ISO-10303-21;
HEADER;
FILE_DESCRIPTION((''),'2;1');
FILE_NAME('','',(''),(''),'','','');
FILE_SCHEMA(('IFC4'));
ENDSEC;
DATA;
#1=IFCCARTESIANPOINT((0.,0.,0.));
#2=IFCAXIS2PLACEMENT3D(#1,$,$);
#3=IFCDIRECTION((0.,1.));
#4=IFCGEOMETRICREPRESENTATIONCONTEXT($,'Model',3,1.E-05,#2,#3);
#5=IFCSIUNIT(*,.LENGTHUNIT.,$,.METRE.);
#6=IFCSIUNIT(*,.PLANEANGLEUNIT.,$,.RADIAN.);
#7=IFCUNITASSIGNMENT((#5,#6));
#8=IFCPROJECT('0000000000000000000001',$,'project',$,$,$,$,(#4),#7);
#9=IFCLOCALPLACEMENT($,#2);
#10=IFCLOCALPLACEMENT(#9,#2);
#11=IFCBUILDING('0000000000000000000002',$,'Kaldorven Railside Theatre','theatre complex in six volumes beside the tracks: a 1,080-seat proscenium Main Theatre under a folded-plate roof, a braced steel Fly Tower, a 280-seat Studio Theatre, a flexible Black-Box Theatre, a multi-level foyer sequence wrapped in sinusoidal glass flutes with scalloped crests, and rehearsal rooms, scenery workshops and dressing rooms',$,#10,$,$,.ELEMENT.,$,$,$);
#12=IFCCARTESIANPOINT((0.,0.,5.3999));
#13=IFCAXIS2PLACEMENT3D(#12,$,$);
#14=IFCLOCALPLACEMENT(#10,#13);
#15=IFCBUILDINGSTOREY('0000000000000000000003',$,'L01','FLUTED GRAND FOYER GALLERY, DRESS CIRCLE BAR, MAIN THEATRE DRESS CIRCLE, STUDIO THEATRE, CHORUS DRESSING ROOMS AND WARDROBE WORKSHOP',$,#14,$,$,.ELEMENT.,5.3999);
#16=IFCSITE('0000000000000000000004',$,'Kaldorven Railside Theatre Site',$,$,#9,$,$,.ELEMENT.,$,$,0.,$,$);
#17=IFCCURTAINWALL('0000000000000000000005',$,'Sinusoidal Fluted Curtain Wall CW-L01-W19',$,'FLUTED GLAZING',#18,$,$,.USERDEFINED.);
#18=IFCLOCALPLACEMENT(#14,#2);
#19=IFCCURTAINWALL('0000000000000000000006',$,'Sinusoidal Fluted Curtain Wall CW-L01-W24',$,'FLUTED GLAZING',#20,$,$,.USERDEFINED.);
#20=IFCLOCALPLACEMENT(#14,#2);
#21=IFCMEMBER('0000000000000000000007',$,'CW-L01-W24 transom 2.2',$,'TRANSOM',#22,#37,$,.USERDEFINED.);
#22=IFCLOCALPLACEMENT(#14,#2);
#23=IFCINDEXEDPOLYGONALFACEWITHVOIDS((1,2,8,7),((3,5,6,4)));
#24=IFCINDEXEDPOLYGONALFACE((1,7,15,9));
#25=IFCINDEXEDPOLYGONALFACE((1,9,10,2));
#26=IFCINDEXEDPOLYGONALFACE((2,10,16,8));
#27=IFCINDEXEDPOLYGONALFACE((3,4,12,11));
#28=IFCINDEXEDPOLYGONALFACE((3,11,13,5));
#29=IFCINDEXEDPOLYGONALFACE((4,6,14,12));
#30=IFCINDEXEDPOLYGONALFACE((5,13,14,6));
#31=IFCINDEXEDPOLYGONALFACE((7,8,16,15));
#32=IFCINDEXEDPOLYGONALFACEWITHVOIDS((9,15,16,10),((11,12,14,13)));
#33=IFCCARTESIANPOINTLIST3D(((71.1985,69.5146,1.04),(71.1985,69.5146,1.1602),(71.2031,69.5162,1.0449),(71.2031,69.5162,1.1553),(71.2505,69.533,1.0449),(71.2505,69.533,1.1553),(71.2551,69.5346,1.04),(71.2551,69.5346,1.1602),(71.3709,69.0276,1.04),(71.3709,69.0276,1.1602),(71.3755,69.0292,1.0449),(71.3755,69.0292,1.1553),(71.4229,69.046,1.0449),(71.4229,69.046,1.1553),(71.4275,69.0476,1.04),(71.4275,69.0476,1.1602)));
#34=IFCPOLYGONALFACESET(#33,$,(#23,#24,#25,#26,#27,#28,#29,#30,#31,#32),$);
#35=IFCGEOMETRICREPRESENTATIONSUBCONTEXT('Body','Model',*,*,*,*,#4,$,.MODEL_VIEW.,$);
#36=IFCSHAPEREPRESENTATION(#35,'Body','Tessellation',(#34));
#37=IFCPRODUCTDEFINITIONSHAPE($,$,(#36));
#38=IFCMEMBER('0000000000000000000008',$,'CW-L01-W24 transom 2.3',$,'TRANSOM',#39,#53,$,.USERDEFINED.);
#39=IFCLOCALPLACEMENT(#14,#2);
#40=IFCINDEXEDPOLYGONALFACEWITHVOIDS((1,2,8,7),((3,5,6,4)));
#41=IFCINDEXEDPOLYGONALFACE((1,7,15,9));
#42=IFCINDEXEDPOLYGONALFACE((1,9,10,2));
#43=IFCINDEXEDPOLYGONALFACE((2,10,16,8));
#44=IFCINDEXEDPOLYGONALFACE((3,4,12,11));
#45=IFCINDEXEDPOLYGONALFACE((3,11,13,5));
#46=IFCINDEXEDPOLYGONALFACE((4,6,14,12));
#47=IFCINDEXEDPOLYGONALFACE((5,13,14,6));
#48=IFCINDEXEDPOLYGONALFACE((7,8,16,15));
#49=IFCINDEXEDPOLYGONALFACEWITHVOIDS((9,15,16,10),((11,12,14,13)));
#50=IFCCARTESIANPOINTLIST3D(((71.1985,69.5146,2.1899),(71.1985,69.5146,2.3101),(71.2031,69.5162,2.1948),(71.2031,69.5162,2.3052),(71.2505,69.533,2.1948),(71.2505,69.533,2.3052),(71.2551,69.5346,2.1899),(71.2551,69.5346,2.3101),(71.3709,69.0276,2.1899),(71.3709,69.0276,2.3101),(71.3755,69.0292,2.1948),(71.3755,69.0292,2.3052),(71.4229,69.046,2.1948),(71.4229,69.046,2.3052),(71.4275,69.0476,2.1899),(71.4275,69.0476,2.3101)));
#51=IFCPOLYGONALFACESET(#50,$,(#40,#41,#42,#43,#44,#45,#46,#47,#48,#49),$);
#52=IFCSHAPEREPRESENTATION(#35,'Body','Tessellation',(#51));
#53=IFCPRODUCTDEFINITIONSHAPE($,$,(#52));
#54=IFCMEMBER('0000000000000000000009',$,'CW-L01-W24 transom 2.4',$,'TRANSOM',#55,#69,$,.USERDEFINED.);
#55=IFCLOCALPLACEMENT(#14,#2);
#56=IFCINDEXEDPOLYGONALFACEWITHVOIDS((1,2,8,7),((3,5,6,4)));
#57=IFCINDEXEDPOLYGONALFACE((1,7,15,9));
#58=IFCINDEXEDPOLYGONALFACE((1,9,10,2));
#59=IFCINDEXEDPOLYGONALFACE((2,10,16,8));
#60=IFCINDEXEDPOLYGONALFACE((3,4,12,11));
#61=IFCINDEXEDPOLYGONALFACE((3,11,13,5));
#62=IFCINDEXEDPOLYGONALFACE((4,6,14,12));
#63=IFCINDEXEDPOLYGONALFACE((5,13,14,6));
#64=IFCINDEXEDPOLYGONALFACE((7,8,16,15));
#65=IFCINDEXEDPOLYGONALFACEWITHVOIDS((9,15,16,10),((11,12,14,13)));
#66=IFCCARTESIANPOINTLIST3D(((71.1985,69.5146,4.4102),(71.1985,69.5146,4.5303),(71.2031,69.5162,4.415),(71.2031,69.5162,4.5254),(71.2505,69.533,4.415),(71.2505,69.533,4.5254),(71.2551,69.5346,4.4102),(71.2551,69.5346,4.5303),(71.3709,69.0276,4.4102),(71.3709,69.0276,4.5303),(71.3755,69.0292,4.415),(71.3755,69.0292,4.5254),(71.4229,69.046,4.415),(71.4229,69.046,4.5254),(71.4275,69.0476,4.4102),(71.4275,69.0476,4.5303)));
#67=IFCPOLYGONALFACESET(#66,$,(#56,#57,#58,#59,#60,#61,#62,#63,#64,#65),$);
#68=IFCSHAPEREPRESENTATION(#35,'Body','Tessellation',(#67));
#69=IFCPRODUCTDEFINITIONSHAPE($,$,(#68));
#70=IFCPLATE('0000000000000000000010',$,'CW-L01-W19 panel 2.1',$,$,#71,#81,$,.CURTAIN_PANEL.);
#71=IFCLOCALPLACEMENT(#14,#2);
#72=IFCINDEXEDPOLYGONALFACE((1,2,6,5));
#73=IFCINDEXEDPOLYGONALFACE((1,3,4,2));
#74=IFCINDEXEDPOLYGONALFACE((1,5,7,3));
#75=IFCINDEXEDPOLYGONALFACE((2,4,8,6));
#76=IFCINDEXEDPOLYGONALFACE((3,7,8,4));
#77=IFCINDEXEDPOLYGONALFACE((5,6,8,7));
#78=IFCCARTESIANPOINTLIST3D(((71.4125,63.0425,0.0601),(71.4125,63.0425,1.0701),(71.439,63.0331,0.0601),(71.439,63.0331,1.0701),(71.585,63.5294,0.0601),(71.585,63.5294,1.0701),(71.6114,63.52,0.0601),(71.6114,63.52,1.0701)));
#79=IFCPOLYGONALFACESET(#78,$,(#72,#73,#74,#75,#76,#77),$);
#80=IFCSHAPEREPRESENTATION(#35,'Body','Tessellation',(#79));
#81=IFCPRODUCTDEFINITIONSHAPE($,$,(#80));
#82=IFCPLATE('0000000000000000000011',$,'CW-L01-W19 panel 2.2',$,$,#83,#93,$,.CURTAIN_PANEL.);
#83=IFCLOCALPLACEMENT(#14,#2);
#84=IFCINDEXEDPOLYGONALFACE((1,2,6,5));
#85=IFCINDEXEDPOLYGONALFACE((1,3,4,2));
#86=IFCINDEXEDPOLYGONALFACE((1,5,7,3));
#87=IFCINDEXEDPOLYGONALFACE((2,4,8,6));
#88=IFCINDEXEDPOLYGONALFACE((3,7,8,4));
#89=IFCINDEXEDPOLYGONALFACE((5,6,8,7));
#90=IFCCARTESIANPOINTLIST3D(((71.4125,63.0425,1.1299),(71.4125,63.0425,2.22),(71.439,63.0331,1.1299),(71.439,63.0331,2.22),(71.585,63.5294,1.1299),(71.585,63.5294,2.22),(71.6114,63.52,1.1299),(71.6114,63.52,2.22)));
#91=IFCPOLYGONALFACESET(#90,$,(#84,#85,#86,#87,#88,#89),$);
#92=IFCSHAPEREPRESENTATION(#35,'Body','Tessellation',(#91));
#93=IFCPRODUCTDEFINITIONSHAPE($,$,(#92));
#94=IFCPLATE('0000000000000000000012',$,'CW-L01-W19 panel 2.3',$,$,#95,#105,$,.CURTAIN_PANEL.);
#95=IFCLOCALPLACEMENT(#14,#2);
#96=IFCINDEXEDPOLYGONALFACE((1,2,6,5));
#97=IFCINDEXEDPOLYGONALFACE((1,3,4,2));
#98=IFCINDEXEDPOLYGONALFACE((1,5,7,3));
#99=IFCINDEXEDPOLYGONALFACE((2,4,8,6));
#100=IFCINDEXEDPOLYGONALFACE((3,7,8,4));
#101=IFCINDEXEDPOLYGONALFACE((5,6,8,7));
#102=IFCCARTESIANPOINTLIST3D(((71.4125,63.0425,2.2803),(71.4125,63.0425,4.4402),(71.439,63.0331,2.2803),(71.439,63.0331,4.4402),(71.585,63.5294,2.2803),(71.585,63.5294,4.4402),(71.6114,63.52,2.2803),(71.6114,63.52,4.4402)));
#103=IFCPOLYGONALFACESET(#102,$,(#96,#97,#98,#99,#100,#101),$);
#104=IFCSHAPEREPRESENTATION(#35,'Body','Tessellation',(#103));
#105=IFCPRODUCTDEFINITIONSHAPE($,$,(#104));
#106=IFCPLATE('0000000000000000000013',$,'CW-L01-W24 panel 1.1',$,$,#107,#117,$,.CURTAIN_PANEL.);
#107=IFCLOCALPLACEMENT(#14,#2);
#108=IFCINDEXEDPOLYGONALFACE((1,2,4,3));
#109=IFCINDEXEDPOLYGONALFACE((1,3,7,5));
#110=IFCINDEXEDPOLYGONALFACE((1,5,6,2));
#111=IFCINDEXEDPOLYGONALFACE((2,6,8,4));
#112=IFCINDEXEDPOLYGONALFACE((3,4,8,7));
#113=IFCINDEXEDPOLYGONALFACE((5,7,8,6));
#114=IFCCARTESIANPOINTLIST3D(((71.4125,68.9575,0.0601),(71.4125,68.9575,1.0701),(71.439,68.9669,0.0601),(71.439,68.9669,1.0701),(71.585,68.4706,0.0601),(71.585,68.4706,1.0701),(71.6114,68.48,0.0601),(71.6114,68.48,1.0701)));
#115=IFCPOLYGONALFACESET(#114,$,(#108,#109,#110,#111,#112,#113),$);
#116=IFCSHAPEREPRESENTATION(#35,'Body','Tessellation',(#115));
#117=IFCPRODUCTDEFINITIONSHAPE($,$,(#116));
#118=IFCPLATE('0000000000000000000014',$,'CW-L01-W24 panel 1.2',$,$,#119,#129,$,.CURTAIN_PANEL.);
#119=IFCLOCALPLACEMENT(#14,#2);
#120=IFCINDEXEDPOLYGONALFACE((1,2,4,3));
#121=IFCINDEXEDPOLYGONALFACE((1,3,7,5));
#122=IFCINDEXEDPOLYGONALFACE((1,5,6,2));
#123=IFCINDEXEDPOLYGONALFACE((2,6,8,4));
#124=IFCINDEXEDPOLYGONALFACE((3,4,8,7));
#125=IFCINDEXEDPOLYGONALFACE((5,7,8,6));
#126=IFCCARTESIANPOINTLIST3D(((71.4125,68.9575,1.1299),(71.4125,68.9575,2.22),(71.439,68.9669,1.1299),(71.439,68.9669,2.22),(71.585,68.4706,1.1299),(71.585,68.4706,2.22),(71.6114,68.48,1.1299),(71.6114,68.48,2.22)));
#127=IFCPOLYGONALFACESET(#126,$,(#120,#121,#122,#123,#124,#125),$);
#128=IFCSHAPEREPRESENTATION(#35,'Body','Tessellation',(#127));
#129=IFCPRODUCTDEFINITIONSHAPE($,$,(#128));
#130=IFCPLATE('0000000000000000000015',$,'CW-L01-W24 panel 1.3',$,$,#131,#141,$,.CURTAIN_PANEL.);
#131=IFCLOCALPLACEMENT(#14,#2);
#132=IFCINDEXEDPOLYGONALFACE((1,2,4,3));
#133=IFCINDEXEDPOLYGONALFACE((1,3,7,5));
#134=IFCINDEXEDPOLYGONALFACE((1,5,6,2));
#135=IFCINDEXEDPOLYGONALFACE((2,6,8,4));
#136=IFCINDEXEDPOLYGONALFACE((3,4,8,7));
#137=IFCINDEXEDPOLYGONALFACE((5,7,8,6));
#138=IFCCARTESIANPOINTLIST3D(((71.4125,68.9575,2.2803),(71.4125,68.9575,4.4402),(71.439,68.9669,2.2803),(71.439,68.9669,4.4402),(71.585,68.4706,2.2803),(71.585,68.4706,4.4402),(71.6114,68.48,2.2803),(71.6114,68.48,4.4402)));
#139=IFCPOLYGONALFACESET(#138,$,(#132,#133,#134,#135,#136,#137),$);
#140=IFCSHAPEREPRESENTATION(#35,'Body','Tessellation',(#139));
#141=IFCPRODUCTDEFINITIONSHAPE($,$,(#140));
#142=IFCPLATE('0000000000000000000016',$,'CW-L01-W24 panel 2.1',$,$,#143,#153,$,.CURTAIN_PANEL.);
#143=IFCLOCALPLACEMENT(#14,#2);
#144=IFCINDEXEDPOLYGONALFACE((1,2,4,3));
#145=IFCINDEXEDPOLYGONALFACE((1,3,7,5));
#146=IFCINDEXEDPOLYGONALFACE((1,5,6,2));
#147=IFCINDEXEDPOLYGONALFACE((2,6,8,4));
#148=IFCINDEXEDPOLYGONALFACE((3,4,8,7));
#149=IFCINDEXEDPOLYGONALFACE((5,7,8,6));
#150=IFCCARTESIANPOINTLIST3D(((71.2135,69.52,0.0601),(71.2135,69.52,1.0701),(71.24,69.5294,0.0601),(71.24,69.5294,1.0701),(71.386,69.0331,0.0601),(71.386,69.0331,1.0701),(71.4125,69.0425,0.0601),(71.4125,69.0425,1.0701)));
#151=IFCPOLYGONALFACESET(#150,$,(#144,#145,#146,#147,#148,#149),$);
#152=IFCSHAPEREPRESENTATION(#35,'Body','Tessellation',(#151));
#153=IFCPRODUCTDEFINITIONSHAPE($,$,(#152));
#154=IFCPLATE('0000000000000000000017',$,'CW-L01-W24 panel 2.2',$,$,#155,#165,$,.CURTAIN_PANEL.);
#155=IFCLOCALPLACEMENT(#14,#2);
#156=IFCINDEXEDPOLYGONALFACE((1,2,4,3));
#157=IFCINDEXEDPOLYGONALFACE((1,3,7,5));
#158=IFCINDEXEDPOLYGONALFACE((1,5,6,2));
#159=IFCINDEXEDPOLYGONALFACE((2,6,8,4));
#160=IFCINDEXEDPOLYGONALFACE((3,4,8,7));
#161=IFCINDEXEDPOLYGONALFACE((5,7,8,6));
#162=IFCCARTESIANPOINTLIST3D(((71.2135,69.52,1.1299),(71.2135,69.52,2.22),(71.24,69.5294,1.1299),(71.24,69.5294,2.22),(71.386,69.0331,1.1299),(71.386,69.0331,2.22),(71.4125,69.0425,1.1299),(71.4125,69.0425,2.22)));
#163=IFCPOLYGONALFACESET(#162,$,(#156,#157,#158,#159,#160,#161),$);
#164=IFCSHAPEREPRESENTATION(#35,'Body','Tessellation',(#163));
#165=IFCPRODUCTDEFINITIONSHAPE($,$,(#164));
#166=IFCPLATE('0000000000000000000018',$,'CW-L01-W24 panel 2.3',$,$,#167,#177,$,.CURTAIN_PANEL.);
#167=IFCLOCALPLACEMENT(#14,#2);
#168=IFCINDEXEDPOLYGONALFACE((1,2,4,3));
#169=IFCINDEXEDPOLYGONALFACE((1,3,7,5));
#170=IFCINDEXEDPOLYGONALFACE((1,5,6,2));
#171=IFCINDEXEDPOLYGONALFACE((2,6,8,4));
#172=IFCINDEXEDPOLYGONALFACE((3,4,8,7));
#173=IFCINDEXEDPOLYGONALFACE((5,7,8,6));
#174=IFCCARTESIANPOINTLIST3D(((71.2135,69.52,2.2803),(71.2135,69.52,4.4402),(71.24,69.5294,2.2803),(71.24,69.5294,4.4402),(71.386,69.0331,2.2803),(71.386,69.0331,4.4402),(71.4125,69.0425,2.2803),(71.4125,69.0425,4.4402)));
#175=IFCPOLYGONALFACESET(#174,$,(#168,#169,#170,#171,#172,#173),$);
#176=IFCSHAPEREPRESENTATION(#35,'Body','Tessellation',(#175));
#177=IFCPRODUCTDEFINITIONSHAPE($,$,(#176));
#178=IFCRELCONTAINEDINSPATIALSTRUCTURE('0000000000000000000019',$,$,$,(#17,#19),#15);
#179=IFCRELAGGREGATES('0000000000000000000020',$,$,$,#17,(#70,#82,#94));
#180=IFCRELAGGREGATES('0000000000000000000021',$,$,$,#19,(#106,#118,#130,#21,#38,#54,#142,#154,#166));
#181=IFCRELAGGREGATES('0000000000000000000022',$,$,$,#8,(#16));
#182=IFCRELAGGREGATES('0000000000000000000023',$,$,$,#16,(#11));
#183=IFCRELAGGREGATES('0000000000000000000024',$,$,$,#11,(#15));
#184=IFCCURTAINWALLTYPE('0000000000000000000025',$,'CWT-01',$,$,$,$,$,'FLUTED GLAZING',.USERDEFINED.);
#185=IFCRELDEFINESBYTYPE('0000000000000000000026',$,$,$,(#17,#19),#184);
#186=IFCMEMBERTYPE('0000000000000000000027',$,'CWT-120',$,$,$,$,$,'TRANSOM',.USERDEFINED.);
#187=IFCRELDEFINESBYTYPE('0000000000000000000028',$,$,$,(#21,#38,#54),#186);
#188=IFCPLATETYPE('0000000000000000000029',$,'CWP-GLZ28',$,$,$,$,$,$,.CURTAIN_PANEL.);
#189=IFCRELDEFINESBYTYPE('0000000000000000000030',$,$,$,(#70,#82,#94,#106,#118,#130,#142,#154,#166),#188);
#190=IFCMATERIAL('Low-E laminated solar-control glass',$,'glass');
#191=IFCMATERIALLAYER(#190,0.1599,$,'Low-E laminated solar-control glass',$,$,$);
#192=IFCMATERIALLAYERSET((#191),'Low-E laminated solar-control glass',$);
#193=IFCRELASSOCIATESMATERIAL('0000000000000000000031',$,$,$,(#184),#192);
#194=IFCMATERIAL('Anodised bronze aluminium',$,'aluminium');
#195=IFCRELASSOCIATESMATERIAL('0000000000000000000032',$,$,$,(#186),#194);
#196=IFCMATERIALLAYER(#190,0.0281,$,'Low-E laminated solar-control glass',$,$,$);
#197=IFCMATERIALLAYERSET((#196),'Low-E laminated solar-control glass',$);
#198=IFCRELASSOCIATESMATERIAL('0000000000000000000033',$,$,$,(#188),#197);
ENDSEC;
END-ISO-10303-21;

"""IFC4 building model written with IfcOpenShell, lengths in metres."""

from ifc_helpers import new_model, si_unit, direction, frame, origin, origin_2d, place, context, subcontext, project, spatial, rectangle, hollow_rectangle, extrude, material, layer, layer_set, material_profile, profile_set, type_object, element, aggregate, save


model = new_model("IFC4")

# Units and contexts
model_context = context("Model", 3, precision=1e-05, world=origin(), true_north=direction((0.0, 1.0)))
body_context = subcontext(model_context, "Body", "Model", "MODEL_VIEW")
ifc_project = project(units=[si_unit("LENGTHUNIT", "METRE"), si_unit("PLANEANGLEUNIT", "RADIAN")], contexts=[model_context])

# Site, building, storey
site_placement = place(None, origin())
site = spatial("IfcSite", under=ifc_project, at=site_placement, Name="Kaldorven Railside Theatre Site", CompositionType="ELEMENT", RefElevation=0.0)
building_placement = place(site_placement, origin())
building = spatial("IfcBuilding", under=site, at=building_placement, Name="Kaldorven Railside Theatre", Description="theatre complex in six volumes beside the tracks: a 1,080-seat proscenium Main Theatre under a folded-plate roof, a braced steel Fly Tower, a 280-seat Studio Theatre, a flexible Black-Box Theatre, a multi-level foyer sequence wrapped in sinusoidal glass flutes with scalloped crests, and rehearsal rooms, scenery workshops and dressing rooms", CompositionType="ELEMENT")
storey_placement = place(building_placement, frame((0.0, 0.0, 5.3999)))
storey = spatial("IfcBuildingStorey", under=building, at=storey_placement, Name="L01", Description="FLUTED GRAND FOYER GALLERY, DRESS CIRCLE BAR, MAIN THEATRE DRESS CIRCLE, STUDIO THEATRE, CHORUS DRESSING ROOMS AND WARDROBE WORKSHOP", CompositionType="ELEMENT", Elevation=5.3999)

# Curtain wall
ifc_material_1 = material(Name="Low-E laminated solar-control glass", Category="glass")
ifc_layer_1 = layer(ifc_material_1, 0.1599, Name="Low-E laminated solar-control glass")
ifc_layer_set_1 = layer_set([ifc_layer_1], Name="Low-E laminated solar-control glass")
curtain_wall_type_1 = type_object("IfcCurtainWallType", Name="CWT-01", ElementType="FLUTED GLAZING", PredefinedType="USERDEFINED", material=ifc_layer_set_1)
curtain_wall_1_placement = place(storey_placement, origin())
curtain_wall_1 = element("IfcCurtainWall", 1, at=curtain_wall_1_placement, inside=storey, type_object=curtain_wall_type_1, Name="Sinusoidal Fluted Curtain Wall CW-L01-W19", ObjectType="FLUTED GLAZING", PredefinedType="USERDEFINED")
ifc_material_2 = material(Name="Anodised bronze aluminium", Category="aluminium")

# Curtain wall
curtain_wall_2_placement = place(storey_placement, origin())
curtain_wall_2 = element("IfcCurtainWall", 2, at=curtain_wall_2_placement, inside=storey, type_object=curtain_wall_type_1, Name="Sinusoidal Fluted Curtain Wall CW-L01-W24", ObjectType="FLUTED GLAZING", PredefinedType="USERDEFINED")

# Members
ifc_material_profile_1 = material_profile(ifc_material_2, hollow_rectangle(XDim=0.0601, YDim=0.1201, WallThickness=0.0049, at=origin_2d()), Name="RHS 120x60x5")
ifc_profile_set_1 = profile_set([ifc_material_profile_1], Name="Anodised bronze aluminium")
member_type_1 = type_object("IfcMemberType", Name="CWT-120", ElementType="TRANSOM", PredefinedType="USERDEFINED", material=ifc_profile_set_1)
member_1_placement = place(storey_placement, frame((71.3992, 69.0376, 1.1001), z_axis=(-0.333611, 0.942711, 0.0), x_axis=(-0.942711, -0.333611, 0.0)))
member_1 = element("IfcMember", 3, at=member_1_placement, type_object=member_type_1, Name="CW-L01-W24 transom 2.2", ObjectType="TRANSOM", PredefinedType="USERDEFINED", context=body_context, shape_type="SweptSolid", body=[
    extrude(hollow_rectangle(XDim=0.0601, YDim=0.1201, WallThickness=0.0049, at=origin_2d()), origin(), (0.0, 0.0, 1.0), 0.5166),
])
member_2_placement = place(storey_placement, frame((71.3992, 69.0376, 2.25), z_axis=(-0.333611, 0.942711, 0.0), x_axis=(-0.942711, -0.333611, 0.0)))
member_2 = element("IfcMember", 4, at=member_2_placement, type_object=member_type_1, Name="CW-L01-W24 transom 2.3", ObjectType="TRANSOM", PredefinedType="USERDEFINED", context=body_context, shape_type="SweptSolid", body=[
    extrude(hollow_rectangle(XDim=0.0601, YDim=0.1201, WallThickness=0.0049, at=origin_2d()), origin(), (0.0, 0.0, 1.0), 0.5166),
])
member_3_placement = place(storey_placement, frame((71.3992, 69.0376, 4.4702), z_axis=(-0.333611, 0.942711, 0.0), x_axis=(-0.942711, -0.333611, 0.0)))
member_3 = element("IfcMember", 5, at=member_3_placement, type_object=member_type_1, Name="CW-L01-W24 transom 2.4", ObjectType="TRANSOM", PredefinedType="USERDEFINED", context=body_context, shape_type="SweptSolid", body=[
    extrude(hollow_rectangle(XDim=0.0601, YDim=0.1201, WallThickness=0.0049, at=origin_2d()), origin(), (0.0, 0.0, 1.0), 0.5166),
])

# Plates
ifc_layer_2 = layer(ifc_material_1, 0.0281, Name="Low-E laminated solar-control glass")
ifc_layer_set_2 = layer_set([ifc_layer_2], Name="Low-E laminated solar-control glass")
plate_type = type_object("IfcPlateType", Name="CWP-GLZ28", PredefinedType="CURTAIN_PANEL", material=ifc_layer_set_2)
plate_1_placement = place(storey_placement, frame((71.512, 63.2812, 0.0601), z_axis=(0.0, 0.0, 1.0), x_axis=(0.333847, 0.942627, 0.0)))
plate_1 = element("IfcPlate", 6, at=plate_1_placement, type_object=plate_type, Name="CW-L01-W19 panel 2.1", PredefinedType="CURTAIN_PANEL", context=body_context, shape_type="SweptSolid", body=[
    extrude(rectangle(XDim=0.5166, YDim=0.0281, at=origin_2d()), origin(), (0.0, 0.0, 1.0), 1.01),
])
plate_2_placement = place(storey_placement, frame((71.512, 63.2812, 1.1299), z_axis=(0.0, 0.0, 1.0), x_axis=(0.333847, 0.942627, 0.0)))
plate_2 = element("IfcPlate", 7, at=plate_2_placement, type_object=plate_type, Name="CW-L01-W19 panel 2.2", PredefinedType="CURTAIN_PANEL", context=body_context, shape_type="SweptSolid", body=[
    extrude(rectangle(XDim=0.5166, YDim=0.0281, at=origin_2d()), origin(), (0.0, 0.0, 1.0), 1.0901),
])
plate_3_placement = place(storey_placement, frame((71.512, 63.2812, 2.2803), z_axis=(0.0, 0.0, 1.0), x_axis=(0.333847, 0.942627, 0.0)))
plate_3 = element("IfcPlate", 8, at=plate_3_placement, type_object=plate_type, Name="CW-L01-W19 panel 2.3", PredefinedType="CURTAIN_PANEL", context=body_context, shape_type="SweptSolid", body=[
    extrude(rectangle(XDim=0.5166, YDim=0.0281, at=origin_2d()), origin(), (0.0, 0.0, 1.0), 2.1599),
])
aggregate(curtain_wall_1, [plate_1, plate_2, plate_3])
plate_4_placement = place(storey_placement, frame((71.512, 68.7188, 0.0601), z_axis=(0.0, 0.0, 1.0), x_axis=(-0.333847, 0.942627, 0.0)))
plate_4 = element("IfcPlate", 9, at=plate_4_placement, type_object=plate_type, Name="CW-L01-W24 panel 1.1", PredefinedType="CURTAIN_PANEL", context=body_context, shape_type="SweptSolid", body=[
    extrude(rectangle(XDim=0.5166, YDim=0.0281, at=origin_2d()), origin(), (0.0, 0.0, 1.0), 1.01),
])
plate_5_placement = place(storey_placement, frame((71.512, 68.7188, 1.1299), z_axis=(0.0, 0.0, 1.0), x_axis=(-0.333847, 0.942627, 0.0)))
plate_5 = element("IfcPlate", 10, at=plate_5_placement, type_object=plate_type, Name="CW-L01-W24 panel 1.2", PredefinedType="CURTAIN_PANEL", context=body_context, shape_type="SweptSolid", body=[
    extrude(rectangle(XDim=0.5166, YDim=0.0281, at=origin_2d()), origin(), (0.0, 0.0, 1.0), 1.0901),
])
plate_6_placement = place(storey_placement, frame((71.512, 68.7188, 2.2803), z_axis=(0.0, 0.0, 1.0), x_axis=(-0.333847, 0.942627, 0.0)))
plate_6 = element("IfcPlate", 11, at=plate_6_placement, type_object=plate_type, Name="CW-L01-W24 panel 1.3", PredefinedType="CURTAIN_PANEL", context=body_context, shape_type="SweptSolid", body=[
    extrude(rectangle(XDim=0.5166, YDim=0.0281, at=origin_2d()), origin(), (0.0, 0.0, 1.0), 2.1599),
])
plate_7_placement = place(storey_placement, frame((71.313, 69.2812, 0.0601), z_axis=(0.0, 0.0, 1.0), x_axis=(-0.333847, 0.942627, 0.0)))
plate_7 = element("IfcPlate", 12, at=plate_7_placement, type_object=plate_type, Name="CW-L01-W24 panel 2.1", PredefinedType="CURTAIN_PANEL", context=body_context, shape_type="SweptSolid", body=[
    extrude(rectangle(XDim=0.5166, YDim=0.0281, at=origin_2d()), origin(), (0.0, 0.0, 1.0), 1.01),
])
plate_8_placement = place(storey_placement, frame((71.313, 69.2812, 1.1299), z_axis=(0.0, 0.0, 1.0), x_axis=(-0.333847, 0.942627, 0.0)))
plate_8 = element("IfcPlate", 13, at=plate_8_placement, type_object=plate_type, Name="CW-L01-W24 panel 2.2", PredefinedType="CURTAIN_PANEL", context=body_context, shape_type="SweptSolid", body=[
    extrude(rectangle(XDim=0.5166, YDim=0.0281, at=origin_2d()), origin(), (0.0, 0.0, 1.0), 1.0901),
])
plate_9_placement = place(storey_placement, frame((71.313, 69.2812, 2.2803), z_axis=(0.0, 0.0, 1.0), x_axis=(-0.333847, 0.942627, 0.0)))
plate_9 = element("IfcPlate", 14, at=plate_9_placement, type_object=plate_type, Name="CW-L01-W24 panel 2.3", PredefinedType="CURTAIN_PANEL", context=body_context, shape_type="SweptSolid", body=[
    extrude(rectangle(XDim=0.5166, YDim=0.0281, at=origin_2d()), origin(), (0.0, 0.0, 1.0), 2.1599),
])
aggregate(curtain_wall_2, [plate_4, plate_5, plate_6, member_1, member_2, member_3, plate_7, plate_8, plate_9])

save(model, "model.ifc")
